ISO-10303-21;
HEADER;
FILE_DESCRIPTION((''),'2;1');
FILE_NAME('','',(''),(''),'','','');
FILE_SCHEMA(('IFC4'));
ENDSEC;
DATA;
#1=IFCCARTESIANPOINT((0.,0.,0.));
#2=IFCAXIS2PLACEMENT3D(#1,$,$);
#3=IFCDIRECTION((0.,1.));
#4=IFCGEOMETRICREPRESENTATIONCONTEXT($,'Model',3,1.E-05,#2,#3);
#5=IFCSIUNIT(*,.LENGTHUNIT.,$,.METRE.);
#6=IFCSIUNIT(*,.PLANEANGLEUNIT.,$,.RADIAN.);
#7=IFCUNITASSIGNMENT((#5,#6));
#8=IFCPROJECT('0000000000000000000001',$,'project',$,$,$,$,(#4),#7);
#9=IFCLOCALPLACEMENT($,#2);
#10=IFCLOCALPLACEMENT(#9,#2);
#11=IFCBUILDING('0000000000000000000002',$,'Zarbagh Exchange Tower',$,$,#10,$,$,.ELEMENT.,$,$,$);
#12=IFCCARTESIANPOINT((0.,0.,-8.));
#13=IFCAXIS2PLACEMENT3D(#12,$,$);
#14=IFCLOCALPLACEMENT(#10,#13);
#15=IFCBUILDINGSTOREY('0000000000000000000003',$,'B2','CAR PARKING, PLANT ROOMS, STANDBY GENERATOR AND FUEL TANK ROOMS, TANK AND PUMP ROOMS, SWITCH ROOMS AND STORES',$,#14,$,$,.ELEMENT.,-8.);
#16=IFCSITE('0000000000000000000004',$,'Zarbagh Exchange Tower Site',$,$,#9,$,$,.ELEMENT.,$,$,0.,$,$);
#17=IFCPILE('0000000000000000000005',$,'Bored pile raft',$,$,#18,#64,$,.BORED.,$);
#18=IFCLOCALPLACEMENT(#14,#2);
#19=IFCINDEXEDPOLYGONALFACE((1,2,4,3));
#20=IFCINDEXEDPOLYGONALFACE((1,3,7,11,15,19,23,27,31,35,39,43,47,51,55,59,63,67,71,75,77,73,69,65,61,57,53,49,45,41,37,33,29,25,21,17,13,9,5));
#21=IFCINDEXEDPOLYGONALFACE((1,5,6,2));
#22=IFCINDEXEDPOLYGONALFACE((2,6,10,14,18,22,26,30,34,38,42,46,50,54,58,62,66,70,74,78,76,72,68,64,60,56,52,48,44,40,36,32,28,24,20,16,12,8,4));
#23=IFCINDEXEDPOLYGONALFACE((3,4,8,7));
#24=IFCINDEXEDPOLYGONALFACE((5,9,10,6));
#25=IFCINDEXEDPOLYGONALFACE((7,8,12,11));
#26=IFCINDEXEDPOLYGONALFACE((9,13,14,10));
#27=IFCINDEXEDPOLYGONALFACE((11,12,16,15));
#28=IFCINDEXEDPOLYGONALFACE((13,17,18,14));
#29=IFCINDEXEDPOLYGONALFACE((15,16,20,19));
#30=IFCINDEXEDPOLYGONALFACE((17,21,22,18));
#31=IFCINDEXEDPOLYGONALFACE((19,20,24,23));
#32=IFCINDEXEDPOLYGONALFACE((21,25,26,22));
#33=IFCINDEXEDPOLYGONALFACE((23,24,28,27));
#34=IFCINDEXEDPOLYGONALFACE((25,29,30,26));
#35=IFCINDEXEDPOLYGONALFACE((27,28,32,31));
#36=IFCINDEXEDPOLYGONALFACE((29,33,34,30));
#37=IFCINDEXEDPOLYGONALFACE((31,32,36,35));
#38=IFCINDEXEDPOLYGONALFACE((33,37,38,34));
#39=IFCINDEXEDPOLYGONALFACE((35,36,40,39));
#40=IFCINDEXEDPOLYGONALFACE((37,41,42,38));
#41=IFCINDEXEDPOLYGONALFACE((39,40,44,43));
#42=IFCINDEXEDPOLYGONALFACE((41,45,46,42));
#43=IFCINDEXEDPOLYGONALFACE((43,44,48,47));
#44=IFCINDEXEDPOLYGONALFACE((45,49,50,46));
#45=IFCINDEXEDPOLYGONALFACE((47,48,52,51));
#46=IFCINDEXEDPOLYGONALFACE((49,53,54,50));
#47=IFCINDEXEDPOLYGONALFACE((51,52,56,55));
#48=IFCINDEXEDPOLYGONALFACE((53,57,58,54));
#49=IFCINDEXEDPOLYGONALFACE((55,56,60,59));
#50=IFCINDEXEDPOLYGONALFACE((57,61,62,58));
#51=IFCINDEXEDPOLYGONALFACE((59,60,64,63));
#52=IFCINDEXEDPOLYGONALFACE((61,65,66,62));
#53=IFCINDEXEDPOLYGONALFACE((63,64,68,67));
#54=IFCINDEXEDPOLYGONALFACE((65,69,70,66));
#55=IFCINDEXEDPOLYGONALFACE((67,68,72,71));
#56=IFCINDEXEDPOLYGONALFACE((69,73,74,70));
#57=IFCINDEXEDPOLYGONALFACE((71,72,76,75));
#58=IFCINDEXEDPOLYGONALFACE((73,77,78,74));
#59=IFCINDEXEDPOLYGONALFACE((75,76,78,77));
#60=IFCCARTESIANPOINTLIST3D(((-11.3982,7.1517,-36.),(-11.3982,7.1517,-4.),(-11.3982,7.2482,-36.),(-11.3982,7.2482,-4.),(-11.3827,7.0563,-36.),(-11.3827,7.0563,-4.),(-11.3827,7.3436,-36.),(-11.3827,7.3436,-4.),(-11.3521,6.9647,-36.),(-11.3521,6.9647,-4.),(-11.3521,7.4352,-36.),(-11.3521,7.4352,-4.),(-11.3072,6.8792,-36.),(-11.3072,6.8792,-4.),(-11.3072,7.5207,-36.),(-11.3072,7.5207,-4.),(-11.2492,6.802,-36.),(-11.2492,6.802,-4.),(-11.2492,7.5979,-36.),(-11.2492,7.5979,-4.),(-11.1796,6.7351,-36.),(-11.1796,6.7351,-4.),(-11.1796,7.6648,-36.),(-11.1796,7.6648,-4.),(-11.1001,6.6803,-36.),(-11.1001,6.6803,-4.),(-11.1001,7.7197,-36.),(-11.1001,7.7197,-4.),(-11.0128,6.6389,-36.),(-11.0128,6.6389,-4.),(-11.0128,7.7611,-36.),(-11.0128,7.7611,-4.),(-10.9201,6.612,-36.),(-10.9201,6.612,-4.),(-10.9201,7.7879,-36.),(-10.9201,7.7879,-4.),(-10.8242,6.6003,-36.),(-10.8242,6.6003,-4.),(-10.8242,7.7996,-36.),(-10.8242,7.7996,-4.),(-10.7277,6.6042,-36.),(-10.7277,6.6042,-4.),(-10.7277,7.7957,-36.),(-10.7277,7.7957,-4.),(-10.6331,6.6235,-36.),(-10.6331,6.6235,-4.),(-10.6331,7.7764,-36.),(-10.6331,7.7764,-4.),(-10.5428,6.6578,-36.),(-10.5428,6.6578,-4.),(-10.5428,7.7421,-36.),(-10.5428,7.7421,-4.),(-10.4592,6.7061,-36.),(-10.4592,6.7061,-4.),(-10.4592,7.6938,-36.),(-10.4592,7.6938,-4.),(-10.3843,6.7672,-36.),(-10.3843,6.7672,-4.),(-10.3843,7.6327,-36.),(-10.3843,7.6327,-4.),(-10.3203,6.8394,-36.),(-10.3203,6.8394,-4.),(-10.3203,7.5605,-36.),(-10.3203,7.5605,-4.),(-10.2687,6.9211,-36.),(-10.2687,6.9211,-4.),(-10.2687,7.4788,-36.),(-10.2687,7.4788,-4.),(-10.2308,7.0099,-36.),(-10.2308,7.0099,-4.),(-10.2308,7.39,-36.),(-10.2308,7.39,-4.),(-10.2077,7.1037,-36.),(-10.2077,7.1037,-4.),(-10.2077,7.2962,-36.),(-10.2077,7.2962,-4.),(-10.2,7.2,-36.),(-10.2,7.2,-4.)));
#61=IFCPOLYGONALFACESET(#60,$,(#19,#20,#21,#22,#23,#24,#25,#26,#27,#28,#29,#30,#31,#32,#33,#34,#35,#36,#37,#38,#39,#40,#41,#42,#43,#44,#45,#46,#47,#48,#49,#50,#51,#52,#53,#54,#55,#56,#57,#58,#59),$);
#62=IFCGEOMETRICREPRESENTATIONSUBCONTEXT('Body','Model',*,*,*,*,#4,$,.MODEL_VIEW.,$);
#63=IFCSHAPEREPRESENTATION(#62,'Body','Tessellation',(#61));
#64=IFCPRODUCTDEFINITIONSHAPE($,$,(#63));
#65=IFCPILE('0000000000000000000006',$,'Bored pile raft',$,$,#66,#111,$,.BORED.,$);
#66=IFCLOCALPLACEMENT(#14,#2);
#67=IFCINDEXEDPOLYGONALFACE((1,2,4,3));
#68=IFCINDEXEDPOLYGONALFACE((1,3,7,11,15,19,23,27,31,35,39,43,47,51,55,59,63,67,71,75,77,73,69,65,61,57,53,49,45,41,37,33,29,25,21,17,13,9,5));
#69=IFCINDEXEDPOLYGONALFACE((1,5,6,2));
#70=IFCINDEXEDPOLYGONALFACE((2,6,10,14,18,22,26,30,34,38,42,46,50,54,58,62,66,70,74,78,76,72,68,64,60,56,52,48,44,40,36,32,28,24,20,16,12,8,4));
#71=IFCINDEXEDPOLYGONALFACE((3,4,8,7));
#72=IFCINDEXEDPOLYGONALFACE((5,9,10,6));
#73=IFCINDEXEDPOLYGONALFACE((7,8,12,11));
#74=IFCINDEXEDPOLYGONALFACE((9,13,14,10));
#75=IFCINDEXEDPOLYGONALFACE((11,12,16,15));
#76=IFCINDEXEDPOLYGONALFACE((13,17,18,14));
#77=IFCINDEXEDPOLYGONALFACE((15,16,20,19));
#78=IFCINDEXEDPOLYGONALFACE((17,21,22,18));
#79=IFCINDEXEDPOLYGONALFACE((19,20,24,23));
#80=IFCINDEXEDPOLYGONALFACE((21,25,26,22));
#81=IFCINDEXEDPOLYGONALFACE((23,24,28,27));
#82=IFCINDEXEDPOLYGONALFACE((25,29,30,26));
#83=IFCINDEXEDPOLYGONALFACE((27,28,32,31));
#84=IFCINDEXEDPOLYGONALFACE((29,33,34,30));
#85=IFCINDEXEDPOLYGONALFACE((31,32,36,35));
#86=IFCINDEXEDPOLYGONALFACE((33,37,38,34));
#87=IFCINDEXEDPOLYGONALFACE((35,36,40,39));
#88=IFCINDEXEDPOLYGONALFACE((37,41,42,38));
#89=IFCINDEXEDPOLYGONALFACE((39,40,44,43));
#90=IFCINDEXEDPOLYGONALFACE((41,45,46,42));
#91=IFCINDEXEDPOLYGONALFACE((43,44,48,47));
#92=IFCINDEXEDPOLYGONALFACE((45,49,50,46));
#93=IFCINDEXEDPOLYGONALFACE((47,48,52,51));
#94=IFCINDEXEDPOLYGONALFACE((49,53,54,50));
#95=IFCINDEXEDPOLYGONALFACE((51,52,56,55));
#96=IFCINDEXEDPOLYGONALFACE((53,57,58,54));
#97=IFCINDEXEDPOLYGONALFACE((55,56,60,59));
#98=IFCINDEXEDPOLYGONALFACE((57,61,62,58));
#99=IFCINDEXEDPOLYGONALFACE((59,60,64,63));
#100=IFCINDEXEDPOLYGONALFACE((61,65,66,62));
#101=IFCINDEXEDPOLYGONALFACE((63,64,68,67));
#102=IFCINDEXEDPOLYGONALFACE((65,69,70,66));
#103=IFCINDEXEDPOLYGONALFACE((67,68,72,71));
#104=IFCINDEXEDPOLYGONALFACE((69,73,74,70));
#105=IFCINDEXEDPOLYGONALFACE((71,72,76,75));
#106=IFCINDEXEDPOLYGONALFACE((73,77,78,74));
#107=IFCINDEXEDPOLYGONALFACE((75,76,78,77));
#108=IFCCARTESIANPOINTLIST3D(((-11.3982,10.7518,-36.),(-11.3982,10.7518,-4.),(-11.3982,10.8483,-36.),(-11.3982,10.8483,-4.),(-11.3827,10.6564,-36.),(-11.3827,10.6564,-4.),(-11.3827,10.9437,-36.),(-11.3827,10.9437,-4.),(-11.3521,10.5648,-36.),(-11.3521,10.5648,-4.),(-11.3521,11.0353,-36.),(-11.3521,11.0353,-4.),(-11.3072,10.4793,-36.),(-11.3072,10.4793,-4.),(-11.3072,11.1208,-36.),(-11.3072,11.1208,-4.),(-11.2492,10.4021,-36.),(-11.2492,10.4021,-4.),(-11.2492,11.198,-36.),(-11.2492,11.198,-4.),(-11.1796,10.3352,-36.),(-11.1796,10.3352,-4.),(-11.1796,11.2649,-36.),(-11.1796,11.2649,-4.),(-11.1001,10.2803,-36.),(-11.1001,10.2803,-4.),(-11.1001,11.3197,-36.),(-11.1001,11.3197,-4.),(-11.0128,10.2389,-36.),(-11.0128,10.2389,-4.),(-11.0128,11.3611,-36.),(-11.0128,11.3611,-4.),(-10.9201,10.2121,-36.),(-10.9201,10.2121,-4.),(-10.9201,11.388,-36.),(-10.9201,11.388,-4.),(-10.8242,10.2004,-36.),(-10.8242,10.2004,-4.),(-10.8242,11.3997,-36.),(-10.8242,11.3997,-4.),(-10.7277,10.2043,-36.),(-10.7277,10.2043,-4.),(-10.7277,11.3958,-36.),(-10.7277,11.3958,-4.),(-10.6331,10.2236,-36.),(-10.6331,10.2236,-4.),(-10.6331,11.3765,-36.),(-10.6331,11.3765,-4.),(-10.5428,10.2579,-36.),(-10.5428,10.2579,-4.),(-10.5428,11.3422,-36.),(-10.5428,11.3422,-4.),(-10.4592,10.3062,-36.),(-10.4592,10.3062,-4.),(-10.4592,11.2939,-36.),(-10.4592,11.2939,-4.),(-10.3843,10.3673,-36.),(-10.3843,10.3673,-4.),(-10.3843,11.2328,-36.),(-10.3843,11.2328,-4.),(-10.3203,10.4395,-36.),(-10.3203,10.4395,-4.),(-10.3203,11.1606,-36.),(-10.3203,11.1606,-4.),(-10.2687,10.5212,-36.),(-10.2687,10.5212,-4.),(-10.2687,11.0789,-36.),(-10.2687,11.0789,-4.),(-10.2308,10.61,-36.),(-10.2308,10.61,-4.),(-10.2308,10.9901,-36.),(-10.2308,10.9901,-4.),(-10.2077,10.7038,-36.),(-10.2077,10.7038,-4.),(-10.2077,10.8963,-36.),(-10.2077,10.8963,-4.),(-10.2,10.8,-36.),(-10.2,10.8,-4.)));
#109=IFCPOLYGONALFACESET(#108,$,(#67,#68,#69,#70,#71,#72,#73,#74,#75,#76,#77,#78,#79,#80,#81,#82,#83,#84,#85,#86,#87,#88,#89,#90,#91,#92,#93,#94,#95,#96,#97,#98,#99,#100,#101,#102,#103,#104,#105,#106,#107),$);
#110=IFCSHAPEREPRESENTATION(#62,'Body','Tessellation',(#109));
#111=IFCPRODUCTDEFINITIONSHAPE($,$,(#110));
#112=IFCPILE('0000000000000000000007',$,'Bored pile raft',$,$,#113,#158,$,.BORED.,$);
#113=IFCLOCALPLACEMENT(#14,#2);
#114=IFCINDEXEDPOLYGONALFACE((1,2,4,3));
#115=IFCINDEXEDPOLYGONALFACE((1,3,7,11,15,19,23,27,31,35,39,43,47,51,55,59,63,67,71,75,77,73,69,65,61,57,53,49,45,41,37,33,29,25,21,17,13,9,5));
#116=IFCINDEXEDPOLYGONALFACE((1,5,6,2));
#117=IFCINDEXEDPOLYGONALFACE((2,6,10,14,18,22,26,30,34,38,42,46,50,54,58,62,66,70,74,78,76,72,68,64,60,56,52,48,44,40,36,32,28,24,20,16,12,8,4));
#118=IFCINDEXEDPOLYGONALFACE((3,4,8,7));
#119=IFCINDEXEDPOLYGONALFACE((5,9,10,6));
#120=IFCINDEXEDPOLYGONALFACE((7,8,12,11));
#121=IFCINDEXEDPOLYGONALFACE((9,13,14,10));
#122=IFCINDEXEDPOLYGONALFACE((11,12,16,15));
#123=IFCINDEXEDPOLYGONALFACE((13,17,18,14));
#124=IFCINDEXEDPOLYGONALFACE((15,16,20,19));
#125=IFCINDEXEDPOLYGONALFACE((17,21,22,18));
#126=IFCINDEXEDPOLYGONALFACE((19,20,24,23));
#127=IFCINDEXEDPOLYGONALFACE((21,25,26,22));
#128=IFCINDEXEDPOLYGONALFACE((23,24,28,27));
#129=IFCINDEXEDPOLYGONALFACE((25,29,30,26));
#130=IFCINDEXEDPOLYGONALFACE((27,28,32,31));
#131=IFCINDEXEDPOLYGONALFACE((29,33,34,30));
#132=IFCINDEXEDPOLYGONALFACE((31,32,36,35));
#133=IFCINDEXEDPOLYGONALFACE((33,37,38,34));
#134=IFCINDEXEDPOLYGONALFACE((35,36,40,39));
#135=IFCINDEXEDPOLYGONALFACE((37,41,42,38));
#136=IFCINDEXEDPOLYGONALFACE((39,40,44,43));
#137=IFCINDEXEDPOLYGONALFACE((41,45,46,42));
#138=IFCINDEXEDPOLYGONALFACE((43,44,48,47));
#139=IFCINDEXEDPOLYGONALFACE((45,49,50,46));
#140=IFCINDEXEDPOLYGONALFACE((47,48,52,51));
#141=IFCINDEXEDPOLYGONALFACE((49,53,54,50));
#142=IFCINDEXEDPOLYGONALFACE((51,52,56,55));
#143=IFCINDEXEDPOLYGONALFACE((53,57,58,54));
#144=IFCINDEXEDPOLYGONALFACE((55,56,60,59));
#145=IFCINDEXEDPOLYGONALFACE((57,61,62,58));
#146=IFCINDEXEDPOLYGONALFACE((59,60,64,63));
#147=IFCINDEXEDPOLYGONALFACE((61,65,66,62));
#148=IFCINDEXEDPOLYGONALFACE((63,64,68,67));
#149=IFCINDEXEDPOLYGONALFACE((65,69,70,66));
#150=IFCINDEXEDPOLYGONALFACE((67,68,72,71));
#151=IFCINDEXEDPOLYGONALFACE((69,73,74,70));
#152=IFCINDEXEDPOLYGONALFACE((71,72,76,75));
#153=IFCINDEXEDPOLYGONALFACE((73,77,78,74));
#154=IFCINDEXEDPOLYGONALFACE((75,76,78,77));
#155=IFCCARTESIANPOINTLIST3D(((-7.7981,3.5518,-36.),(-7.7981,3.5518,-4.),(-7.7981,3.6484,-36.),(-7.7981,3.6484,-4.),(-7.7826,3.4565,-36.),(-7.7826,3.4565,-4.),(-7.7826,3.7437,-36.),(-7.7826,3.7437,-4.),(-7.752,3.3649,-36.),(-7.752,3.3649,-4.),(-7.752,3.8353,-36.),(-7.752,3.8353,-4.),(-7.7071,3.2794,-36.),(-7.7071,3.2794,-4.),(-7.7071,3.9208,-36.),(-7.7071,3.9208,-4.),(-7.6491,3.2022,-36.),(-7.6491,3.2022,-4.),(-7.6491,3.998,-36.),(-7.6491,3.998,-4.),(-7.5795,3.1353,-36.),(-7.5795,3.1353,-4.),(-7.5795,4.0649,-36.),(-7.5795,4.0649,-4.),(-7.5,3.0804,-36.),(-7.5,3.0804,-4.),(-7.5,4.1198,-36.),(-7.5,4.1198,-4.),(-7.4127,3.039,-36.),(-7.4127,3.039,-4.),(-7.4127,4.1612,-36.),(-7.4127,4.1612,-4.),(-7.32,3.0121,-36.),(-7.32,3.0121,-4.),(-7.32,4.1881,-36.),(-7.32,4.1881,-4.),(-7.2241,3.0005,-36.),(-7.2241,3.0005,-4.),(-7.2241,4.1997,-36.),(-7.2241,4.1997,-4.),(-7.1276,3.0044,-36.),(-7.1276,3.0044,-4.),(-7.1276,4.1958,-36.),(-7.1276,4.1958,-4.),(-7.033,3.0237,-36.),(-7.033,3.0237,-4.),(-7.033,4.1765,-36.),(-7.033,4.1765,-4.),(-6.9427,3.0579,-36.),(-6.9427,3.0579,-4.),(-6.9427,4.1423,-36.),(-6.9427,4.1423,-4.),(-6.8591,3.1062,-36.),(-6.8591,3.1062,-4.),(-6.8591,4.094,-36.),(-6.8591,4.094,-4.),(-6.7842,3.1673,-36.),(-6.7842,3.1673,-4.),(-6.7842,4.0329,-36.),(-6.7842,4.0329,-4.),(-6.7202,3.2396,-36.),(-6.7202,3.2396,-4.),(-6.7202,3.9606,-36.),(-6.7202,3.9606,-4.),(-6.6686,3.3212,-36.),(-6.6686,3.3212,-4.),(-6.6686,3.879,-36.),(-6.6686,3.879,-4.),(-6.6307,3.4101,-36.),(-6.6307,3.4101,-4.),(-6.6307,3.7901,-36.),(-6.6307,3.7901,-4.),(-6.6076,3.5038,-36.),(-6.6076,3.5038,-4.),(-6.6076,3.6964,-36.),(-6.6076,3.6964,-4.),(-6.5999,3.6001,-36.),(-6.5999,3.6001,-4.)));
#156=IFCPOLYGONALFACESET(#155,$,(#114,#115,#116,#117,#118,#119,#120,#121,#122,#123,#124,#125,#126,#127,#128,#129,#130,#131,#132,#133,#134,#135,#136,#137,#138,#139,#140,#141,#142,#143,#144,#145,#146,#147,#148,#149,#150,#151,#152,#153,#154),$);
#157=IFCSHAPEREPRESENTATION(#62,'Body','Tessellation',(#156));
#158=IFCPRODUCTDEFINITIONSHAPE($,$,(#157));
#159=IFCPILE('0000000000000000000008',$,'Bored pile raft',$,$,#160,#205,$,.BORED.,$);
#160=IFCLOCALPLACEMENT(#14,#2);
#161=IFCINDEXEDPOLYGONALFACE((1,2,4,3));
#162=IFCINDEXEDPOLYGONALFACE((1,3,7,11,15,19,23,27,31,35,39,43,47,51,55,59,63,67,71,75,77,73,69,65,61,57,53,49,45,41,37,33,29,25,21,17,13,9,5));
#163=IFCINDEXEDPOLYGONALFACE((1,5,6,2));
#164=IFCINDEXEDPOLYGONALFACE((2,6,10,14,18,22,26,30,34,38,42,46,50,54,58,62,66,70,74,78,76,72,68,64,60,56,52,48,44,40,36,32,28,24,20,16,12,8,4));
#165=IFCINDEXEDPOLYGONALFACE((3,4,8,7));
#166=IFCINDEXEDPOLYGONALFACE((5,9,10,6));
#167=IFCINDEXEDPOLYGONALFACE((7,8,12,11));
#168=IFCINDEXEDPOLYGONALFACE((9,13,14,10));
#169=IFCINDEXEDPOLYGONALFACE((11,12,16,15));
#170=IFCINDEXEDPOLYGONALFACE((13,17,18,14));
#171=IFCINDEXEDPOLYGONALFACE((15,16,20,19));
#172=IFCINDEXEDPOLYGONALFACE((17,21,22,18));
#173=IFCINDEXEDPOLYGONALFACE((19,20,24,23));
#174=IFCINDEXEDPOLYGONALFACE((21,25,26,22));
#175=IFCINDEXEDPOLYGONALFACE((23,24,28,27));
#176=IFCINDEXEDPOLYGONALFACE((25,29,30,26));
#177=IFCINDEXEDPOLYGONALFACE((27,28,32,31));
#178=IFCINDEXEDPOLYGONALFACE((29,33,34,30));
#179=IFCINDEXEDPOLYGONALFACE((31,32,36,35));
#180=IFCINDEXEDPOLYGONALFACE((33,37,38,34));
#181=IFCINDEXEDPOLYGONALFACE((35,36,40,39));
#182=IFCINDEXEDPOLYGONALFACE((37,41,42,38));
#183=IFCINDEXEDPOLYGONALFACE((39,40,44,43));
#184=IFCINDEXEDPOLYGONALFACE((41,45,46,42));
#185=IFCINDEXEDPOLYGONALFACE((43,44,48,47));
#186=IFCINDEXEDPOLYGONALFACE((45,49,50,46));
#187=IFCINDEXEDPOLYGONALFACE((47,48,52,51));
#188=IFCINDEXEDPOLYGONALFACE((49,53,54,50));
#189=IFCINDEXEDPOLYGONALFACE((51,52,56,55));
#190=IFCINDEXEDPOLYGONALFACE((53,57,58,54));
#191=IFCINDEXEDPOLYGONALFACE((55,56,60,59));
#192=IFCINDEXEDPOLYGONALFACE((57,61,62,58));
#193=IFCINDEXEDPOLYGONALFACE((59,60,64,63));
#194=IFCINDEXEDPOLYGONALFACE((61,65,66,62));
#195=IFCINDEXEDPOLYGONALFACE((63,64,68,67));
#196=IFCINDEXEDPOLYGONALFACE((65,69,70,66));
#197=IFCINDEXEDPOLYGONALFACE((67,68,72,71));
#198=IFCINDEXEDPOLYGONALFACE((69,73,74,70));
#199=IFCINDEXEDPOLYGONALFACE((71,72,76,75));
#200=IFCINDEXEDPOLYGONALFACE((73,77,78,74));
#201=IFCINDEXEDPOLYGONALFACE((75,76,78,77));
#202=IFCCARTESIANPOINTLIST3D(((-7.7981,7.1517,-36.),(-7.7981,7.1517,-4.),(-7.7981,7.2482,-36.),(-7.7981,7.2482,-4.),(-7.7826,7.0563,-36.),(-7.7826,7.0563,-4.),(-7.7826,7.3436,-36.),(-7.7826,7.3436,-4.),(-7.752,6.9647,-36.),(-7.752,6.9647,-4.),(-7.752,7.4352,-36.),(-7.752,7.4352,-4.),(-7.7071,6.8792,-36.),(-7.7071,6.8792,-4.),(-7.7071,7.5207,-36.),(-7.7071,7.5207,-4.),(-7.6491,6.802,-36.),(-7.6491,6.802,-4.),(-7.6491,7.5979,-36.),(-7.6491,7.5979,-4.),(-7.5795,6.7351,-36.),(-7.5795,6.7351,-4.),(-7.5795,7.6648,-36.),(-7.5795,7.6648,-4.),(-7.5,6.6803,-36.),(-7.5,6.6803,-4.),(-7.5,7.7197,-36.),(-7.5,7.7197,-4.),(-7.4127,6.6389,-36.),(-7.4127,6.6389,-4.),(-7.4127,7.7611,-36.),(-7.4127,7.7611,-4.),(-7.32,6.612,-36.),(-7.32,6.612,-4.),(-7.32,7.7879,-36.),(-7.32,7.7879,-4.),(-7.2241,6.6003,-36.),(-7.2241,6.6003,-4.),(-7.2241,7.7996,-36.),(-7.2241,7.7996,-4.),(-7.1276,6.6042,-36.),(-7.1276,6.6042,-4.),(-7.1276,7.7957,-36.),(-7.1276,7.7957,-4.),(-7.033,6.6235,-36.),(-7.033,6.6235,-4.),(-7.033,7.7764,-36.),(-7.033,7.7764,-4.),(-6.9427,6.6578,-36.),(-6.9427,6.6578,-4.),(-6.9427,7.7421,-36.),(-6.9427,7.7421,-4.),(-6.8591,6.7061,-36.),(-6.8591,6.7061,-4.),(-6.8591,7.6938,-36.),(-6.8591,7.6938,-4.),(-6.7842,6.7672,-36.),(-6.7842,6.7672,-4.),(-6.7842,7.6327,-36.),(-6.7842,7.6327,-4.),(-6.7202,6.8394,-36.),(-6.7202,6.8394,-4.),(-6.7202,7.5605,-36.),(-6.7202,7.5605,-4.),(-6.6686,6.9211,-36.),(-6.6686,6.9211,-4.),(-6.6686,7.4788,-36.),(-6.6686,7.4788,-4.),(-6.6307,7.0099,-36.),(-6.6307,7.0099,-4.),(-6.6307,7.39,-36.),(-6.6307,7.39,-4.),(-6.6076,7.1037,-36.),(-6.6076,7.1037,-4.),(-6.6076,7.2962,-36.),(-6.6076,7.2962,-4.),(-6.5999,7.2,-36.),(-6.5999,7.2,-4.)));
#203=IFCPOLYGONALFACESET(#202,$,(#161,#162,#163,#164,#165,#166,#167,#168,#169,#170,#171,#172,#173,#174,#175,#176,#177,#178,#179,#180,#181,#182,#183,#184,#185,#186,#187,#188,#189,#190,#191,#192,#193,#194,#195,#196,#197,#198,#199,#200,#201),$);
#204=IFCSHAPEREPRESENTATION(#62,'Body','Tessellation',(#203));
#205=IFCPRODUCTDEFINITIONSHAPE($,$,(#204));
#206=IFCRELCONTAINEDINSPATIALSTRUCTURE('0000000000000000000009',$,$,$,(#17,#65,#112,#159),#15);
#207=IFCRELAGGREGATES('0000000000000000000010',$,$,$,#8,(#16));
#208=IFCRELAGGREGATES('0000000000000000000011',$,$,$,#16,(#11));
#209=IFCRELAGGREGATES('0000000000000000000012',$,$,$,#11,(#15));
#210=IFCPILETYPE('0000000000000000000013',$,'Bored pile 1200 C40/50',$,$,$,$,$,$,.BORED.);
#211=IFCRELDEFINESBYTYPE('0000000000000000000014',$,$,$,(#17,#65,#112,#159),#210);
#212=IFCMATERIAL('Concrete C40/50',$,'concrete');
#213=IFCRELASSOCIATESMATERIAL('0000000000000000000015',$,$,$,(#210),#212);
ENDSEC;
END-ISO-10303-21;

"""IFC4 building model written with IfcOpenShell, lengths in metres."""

from ifc_helpers import new_model, si_unit, direction, frame, origin, origin_2d, place, context, subcontext, project, spatial, circle, extrude, material, material_profile, profile_set, type_object, element, save


model = new_model("IFC4")

# Units and contexts
model_context = context("Model", 3, precision=1e-05, world=origin(), true_north=direction((0.0, 1.0)))
body_context = subcontext(model_context, "Body", "Model", "MODEL_VIEW")
ifc_project = project(units=[si_unit("LENGTHUNIT", "METRE"), si_unit("PLANEANGLEUNIT", "RADIAN")], contexts=[model_context])

# Site, building, storey
site_placement = place(None, origin())
site = spatial("IfcSite", under=ifc_project, at=site_placement, Name="Zarbagh Exchange Tower Site", CompositionType="ELEMENT", RefElevation=0.0)
building_placement = place(site_placement, origin())
building = spatial("IfcBuilding", under=site, at=building_placement, Name="Zarbagh Exchange Tower", CompositionType="ELEMENT")
storey_placement = place(building_placement, frame((0.0, 0.0, -8.0)))
storey = spatial("IfcBuildingStorey", under=building, at=storey_placement, Name="B2", Description="CAR PARKING, PLANT ROOMS, STANDBY GENERATOR AND FUEL TANK ROOMS, TANK AND PUMP ROOMS, SWITCH ROOMS AND STORES", CompositionType="ELEMENT", Elevation=-8.0)

# Piles
ifc_material_1 = material(Name="Concrete C40/50", Category="concrete")
ifc_material_profile_1 = material_profile(ifc_material_1, circle(Radius=0.6001, at=origin_2d()), Name="Bored pile 1200 C40/50")
ifc_profile_set_1 = profile_set([ifc_material_profile_1], Name="Concrete C40/50")
pile_type = type_object("IfcPileType", Name="Bored pile 1200 C40/50", PredefinedType="BORED", material=ifc_profile_set_1)
for number, where, z_axis, x_axis, name in (
    (1, (-10.8, 7.2, -4.0), (0.0, 0.0, -1.0), (1.0, 0.0, 0.0), "Bored pile raft"),
    (2, (-10.8, 10.8, -4.0), (0.0, 0.0, -1.0), (1.0, 0.0, 0.0), "Bored pile raft"),
    (3, (-7.2, 3.6001, -4.0), (0.0, 0.0, -1.0), (1.0, 0.0, 0.0), "Bored pile raft"),
    (4, (-7.2, 7.2, -4.0), (0.0, 0.0, -1.0), (1.0, 0.0, 0.0), "Bored pile raft"),
):
    element("IfcPile", number, at=place(storey_placement, frame(where, z_axis=z_axis, x_axis=x_axis)), inside=storey, type_object=pile_type, Name=name, PredefinedType="BORED", context=body_context, shape_type="SweptSolid", body=[
        extrude(circle(Radius=0.6001, at=origin_2d()), origin(), (0.0, 0.0, 1.0), 32.0),
    ])

save(model, "model.ifc")
